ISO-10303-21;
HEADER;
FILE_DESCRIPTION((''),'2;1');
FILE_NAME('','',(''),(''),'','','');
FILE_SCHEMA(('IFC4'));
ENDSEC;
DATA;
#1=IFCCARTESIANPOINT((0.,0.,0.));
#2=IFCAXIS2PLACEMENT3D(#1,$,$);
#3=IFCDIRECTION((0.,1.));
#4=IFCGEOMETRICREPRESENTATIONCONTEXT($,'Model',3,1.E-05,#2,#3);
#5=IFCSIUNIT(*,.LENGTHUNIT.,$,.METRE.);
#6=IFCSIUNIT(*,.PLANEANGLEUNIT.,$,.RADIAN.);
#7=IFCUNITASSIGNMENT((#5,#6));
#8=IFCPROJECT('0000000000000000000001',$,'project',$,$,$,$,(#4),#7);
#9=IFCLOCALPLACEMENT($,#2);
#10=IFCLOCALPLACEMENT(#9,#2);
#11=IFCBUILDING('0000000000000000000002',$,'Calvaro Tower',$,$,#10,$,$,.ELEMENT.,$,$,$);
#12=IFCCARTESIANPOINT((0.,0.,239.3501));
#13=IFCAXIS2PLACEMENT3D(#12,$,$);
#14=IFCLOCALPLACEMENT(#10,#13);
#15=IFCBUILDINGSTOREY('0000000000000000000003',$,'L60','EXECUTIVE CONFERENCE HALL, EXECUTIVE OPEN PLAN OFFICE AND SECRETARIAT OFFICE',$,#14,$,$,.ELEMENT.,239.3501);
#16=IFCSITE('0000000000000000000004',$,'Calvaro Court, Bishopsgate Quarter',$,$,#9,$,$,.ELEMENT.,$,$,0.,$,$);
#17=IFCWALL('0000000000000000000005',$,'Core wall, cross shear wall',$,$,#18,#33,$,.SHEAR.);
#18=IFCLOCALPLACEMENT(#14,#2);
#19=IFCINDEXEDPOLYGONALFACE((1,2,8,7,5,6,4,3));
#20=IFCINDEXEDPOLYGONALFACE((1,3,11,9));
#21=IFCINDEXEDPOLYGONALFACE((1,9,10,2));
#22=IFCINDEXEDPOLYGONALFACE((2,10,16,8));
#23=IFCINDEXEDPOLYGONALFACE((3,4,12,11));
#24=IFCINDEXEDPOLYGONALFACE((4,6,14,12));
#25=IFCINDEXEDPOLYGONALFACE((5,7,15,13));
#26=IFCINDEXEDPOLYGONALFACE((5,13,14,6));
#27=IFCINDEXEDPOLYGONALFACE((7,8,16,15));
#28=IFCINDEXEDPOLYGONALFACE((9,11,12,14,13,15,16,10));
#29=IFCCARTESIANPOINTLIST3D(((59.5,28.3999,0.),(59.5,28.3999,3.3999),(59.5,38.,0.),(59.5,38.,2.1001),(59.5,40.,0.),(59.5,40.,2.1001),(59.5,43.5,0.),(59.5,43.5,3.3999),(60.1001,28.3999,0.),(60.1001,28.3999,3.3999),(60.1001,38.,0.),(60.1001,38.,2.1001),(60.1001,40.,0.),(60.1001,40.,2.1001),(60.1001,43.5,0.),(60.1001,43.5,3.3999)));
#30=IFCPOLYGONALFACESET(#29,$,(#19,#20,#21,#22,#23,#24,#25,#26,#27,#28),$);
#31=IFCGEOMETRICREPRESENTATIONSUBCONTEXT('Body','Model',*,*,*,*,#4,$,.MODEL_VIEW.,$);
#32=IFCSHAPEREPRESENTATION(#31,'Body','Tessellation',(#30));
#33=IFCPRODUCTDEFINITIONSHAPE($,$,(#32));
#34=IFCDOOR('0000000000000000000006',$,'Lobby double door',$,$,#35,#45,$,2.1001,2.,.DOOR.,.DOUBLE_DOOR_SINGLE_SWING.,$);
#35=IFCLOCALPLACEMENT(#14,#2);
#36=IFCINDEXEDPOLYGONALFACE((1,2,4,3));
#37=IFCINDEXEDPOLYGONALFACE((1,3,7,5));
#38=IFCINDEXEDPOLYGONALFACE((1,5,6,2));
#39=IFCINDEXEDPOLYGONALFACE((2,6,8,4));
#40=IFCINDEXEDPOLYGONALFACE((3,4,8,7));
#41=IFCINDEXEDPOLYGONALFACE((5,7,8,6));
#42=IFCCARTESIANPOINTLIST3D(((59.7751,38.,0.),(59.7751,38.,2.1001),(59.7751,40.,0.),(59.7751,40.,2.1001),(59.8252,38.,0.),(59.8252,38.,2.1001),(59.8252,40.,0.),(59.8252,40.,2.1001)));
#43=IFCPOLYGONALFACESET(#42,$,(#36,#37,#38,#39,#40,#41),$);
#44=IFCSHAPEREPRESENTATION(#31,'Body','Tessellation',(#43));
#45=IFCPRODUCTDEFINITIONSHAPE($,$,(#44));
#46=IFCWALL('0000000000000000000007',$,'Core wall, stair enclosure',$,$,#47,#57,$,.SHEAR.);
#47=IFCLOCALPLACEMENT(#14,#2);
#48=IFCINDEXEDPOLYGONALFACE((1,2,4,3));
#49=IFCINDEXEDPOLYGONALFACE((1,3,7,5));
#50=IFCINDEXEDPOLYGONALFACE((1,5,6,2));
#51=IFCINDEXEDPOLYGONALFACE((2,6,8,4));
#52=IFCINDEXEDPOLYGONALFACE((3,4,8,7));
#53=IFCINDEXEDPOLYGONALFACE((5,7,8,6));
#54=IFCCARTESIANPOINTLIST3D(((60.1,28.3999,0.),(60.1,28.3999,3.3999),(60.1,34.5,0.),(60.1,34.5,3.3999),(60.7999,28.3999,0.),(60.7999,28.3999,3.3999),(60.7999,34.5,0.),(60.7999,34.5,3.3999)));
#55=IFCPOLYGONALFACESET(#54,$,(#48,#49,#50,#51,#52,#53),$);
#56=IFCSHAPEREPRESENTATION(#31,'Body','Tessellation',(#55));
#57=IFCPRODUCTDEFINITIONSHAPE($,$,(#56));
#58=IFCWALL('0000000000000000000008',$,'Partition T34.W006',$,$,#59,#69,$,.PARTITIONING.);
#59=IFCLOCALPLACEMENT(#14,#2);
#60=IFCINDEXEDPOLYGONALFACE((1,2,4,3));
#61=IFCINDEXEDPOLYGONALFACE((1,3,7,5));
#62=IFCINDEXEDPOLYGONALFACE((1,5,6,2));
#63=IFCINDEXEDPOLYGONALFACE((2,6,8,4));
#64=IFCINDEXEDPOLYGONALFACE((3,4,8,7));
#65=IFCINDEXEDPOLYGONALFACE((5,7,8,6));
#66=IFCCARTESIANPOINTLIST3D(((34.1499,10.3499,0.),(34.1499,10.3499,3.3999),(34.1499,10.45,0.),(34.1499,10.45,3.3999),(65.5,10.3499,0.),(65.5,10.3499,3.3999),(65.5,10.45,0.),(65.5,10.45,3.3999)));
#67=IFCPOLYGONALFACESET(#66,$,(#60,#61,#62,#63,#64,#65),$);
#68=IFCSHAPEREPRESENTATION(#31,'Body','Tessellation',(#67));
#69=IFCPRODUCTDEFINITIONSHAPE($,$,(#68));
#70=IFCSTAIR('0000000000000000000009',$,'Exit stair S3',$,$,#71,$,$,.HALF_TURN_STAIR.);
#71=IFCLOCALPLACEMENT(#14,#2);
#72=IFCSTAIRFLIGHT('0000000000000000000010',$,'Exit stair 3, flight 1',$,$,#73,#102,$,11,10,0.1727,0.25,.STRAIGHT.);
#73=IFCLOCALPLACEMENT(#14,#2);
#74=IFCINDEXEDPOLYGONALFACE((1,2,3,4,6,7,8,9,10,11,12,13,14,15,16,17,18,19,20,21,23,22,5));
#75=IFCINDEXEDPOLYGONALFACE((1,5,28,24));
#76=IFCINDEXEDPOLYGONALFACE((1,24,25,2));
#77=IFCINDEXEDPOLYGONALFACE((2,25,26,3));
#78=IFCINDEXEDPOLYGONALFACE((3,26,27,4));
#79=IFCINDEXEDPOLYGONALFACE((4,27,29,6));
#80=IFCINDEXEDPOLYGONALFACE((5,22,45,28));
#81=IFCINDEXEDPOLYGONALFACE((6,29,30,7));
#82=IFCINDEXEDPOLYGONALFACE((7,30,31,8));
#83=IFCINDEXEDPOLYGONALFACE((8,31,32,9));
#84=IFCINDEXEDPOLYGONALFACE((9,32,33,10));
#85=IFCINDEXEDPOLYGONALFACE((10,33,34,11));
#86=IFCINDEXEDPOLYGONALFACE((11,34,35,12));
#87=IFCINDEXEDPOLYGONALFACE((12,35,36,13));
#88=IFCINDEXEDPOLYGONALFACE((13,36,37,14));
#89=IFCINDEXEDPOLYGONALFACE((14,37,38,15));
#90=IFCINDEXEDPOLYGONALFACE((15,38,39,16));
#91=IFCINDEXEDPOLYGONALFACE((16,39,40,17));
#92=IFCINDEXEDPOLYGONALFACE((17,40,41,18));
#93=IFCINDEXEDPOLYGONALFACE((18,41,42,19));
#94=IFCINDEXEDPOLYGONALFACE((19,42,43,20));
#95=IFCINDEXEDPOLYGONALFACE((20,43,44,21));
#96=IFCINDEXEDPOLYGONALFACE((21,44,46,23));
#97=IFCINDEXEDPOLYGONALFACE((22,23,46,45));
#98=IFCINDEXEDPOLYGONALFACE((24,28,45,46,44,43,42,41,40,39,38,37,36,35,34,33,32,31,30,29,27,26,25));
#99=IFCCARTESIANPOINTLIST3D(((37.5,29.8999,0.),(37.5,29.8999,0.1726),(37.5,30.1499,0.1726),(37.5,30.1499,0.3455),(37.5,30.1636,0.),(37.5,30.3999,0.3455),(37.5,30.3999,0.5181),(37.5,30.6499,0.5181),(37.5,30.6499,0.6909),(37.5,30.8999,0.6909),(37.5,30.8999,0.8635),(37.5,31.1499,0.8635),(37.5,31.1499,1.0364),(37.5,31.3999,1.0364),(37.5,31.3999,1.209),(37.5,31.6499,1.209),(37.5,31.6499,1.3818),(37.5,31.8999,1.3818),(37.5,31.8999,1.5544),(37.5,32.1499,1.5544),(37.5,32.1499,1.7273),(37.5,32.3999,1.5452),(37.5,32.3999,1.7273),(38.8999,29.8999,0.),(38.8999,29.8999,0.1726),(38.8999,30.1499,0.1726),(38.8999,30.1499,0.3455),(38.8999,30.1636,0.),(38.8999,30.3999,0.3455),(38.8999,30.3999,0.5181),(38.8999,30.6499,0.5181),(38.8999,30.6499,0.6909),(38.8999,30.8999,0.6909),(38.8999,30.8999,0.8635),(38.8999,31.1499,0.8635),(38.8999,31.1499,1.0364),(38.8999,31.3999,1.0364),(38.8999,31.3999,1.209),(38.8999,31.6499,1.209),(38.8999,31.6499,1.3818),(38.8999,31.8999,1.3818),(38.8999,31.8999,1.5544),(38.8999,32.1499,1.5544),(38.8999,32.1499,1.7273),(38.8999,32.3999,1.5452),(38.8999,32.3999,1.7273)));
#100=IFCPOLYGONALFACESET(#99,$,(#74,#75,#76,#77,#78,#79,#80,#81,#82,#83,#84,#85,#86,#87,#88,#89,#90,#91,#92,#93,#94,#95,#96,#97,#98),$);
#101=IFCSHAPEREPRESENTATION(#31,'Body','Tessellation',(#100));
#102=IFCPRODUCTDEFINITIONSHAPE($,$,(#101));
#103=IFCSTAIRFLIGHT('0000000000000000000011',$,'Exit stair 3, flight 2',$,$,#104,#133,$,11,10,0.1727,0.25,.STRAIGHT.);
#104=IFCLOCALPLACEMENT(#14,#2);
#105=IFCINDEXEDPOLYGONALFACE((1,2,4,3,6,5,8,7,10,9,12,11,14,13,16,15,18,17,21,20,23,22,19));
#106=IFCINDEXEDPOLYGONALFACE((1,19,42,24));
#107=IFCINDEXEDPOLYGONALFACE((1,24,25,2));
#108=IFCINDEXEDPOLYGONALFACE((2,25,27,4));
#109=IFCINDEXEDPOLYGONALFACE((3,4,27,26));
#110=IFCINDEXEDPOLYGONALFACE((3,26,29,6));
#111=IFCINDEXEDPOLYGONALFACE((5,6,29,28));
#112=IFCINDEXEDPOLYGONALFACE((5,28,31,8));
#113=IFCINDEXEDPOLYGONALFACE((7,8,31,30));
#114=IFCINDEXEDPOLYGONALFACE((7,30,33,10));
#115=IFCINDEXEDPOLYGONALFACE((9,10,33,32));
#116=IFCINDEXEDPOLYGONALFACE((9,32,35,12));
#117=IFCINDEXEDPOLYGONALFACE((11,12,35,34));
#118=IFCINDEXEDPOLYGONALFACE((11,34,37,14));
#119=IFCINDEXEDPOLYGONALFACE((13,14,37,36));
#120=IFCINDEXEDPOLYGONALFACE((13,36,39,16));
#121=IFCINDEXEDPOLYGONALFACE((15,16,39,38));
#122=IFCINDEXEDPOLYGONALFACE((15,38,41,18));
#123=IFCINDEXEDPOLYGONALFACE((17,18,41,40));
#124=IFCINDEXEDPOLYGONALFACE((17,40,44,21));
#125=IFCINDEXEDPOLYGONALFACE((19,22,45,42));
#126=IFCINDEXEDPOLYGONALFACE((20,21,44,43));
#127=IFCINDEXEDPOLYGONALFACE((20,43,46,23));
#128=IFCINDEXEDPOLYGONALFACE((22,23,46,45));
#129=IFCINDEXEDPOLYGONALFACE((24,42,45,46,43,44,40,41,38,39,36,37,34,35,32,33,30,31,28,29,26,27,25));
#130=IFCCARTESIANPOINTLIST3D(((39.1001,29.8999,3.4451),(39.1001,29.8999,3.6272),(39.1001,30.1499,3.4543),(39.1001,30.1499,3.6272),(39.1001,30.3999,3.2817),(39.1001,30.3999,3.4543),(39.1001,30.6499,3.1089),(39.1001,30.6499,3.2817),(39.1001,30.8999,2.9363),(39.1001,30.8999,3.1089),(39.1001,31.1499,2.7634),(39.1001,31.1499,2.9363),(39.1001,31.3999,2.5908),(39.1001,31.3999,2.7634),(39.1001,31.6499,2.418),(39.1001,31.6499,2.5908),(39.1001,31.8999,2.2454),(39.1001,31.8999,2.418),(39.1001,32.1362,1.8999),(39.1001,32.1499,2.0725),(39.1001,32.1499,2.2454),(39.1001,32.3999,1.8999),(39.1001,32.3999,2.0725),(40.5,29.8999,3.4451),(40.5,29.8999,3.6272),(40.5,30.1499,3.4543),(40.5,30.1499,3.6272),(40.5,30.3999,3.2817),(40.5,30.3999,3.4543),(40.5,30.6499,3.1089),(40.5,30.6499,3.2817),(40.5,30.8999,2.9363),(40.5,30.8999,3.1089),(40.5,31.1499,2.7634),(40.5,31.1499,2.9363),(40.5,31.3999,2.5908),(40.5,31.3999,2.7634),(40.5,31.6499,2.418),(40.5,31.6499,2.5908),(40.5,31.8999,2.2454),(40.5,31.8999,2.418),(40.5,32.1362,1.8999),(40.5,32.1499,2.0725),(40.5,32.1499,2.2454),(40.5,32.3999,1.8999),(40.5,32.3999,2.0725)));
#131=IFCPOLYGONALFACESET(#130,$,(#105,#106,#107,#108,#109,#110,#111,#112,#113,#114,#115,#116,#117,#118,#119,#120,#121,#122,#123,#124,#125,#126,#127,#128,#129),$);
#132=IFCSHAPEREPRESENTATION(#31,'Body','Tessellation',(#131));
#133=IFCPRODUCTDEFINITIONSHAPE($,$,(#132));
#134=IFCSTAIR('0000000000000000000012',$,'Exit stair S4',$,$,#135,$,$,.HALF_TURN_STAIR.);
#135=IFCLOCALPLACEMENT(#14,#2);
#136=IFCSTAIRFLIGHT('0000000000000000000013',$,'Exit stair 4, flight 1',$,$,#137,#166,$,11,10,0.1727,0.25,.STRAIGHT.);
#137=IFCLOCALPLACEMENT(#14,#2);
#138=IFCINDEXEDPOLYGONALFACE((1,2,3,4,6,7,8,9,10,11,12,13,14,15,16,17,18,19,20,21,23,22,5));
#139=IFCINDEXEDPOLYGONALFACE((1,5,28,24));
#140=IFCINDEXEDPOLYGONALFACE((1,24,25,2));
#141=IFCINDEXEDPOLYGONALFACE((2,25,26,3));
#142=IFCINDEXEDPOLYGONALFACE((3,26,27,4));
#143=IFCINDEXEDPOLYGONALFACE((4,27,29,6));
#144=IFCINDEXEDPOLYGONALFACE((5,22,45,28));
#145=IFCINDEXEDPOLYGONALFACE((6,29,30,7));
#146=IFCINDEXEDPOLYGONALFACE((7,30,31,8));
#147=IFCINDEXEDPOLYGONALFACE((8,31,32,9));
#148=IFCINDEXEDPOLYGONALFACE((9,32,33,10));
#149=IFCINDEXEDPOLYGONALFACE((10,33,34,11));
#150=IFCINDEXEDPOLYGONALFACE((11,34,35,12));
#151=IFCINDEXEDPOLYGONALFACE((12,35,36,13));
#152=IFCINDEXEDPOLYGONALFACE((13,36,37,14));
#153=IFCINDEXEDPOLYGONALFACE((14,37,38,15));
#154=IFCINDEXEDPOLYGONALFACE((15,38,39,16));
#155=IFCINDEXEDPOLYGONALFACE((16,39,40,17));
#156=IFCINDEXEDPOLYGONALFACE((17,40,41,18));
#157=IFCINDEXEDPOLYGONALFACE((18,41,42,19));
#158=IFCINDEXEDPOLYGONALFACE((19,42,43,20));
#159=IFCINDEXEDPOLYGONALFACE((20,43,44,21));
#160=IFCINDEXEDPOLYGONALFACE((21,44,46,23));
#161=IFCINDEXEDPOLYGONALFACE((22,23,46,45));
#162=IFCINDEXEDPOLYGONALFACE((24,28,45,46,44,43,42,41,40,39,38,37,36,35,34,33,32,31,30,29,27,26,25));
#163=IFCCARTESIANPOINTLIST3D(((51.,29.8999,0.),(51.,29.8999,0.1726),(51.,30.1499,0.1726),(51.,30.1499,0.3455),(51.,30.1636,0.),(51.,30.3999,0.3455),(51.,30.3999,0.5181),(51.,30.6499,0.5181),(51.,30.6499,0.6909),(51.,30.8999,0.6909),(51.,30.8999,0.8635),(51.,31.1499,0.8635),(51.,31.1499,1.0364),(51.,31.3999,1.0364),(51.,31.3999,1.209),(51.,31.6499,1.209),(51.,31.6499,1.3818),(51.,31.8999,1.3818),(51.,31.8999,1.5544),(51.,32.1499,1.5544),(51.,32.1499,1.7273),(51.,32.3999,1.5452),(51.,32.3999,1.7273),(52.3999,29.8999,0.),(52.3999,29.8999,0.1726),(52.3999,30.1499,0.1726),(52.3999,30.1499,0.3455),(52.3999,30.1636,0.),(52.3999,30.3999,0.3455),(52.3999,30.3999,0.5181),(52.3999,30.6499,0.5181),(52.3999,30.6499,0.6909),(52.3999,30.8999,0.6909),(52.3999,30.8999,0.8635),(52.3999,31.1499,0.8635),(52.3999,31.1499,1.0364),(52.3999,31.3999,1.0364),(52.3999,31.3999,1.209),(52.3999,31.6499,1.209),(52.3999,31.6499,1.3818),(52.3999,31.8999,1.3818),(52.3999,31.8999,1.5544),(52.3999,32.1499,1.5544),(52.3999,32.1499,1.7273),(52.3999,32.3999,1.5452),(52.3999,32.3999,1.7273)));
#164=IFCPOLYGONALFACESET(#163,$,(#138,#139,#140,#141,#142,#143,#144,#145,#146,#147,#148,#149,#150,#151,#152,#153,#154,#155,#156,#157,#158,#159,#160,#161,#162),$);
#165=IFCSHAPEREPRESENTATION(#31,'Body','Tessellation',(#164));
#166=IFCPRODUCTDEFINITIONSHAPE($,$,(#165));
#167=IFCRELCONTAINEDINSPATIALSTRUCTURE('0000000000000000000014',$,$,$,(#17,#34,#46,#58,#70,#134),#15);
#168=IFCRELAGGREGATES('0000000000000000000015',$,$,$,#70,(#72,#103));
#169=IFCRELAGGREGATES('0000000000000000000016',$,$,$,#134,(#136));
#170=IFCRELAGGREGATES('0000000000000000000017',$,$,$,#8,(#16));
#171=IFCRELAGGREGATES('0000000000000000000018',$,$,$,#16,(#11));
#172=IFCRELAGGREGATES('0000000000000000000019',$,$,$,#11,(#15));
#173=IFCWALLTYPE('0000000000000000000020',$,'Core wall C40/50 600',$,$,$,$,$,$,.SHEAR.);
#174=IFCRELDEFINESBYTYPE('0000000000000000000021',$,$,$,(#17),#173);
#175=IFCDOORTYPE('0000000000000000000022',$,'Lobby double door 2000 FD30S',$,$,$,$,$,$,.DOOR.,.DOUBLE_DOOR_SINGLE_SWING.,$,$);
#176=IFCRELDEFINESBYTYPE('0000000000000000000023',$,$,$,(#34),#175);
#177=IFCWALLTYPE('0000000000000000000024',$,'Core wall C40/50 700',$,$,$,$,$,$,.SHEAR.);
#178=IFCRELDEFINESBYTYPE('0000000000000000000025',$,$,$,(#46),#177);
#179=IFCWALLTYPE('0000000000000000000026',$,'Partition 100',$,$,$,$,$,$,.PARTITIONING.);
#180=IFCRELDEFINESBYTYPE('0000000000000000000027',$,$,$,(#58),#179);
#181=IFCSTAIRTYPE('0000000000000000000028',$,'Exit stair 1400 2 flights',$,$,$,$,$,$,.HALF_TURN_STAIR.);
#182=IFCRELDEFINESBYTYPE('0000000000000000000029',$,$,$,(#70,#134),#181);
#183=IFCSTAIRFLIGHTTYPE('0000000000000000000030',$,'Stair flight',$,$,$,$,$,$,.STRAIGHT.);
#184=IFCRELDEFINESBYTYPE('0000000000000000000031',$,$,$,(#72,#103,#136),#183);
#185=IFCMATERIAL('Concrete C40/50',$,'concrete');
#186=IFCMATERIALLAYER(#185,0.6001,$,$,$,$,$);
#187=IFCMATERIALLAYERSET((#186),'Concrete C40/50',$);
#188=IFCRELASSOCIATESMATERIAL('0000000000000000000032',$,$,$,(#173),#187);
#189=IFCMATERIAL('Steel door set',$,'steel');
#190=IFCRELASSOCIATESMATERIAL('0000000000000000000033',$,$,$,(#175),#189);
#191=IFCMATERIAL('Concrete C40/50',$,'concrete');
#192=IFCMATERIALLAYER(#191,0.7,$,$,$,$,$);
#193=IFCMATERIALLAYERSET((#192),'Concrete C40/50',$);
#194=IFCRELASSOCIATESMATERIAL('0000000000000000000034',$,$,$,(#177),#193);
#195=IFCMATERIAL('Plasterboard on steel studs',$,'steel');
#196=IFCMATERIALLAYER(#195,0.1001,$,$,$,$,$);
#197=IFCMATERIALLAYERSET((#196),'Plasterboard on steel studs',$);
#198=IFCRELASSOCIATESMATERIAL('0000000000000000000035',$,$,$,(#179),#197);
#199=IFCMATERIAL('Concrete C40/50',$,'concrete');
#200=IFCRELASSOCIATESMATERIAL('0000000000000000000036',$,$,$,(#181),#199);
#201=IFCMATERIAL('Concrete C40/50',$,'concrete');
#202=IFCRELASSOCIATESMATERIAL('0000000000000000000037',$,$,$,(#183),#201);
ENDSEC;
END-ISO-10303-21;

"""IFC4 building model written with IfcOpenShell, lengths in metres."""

from ifc_helpers import new_model, si_unit, direction, frame, frame_2d, origin, place, context, subcontext, project, spatial, polyline, rectangle, outline, extrude, material, layer, layer_set, type_object, element, fill, aggregate, save


model = new_model("IFC4")

# Units and contexts
model_context = context("Model", 3, precision=1e-05, world=origin(), true_north=direction((0.0, 1.0)))
body_context = subcontext(model_context, "Body", "Model", "MODEL_VIEW")
ifc_project = project(units=[si_unit("LENGTHUNIT", "METRE"), si_unit("PLANEANGLEUNIT", "RADIAN")], contexts=[model_context])

# Site, building, storey
site_placement = place(None, origin())
site = spatial("IfcSite", under=ifc_project, at=site_placement, Name="Calvaro Court, Bishopsgate Quarter", CompositionType="ELEMENT", RefElevation=0.0)
building_placement = place(site_placement, origin())
building = spatial("IfcBuilding", under=site, at=building_placement, Name="Calvaro Tower", CompositionType="ELEMENT")
storey_placement = place(building_placement, frame((0.0, 0.0, 239.3501)))
storey = spatial("IfcBuildingStorey", under=building, at=storey_placement, Name="L60", Description="EXECUTIVE CONFERENCE HALL, EXECUTIVE OPEN PLAN OFFICE AND SECRETARIAT OFFICE", CompositionType="ELEMENT", Elevation=239.3501)

# Wall, opening, door
ifc_material_1 = material(Name="Concrete C40/50", Category="concrete")
ifc_layer_1 = layer(ifc_material_1, 0.6001)
ifc_layer_set_1 = layer_set([ifc_layer_1], Name="Concrete C40/50")
wall_type_1 = type_object("IfcWallType", Name="Core wall C40/50 600", PredefinedType="SHEAR", material=ifc_layer_set_1)
wall_1_placement = place(storey_placement, frame((59.8, 28.3999, 0.0), z_axis=(0.0, 0.0, 1.0), x_axis=(0.0, 1.0, 0.0)))
wall_1 = element("IfcWall", 1, at=wall_1_placement, inside=storey, type_object=wall_type_1, Name="Core wall, cross shear wall", PredefinedType="SHEAR", context=body_context, shape_type="SweptSolid", body=[
    extrude(rectangle(XDim=15.1001, YDim=0.6001, at=frame_2d((7.55, 0.0))), origin(), (0.0, 0.0, 1.0), 3.3999),
])
opening_placement = place(wall_1_placement, frame((9.6001, 0.0, 0.0)))
opening = element("IfcOpeningElement", 2, at=opening_placement, cuts=wall_1, PredefinedType="OPENING", context=body_context, shape_type="SweptSolid", body=[
    extrude(rectangle(XDim=2.0, YDim=2.1001, at=frame_2d((1.0, 1.05))), frame((0.0, 0.3101, 0.0), z_axis=(0.0, -1.0, 0.0), x_axis=(1.0, 0.0, 0.0)), (0.0, 0.0, 1.0), 0.6201),
])
ifc_material_2 = material(Name="Steel door set", Category="steel")
door_type = type_object("IfcDoorType", Name="Lobby double door 2000 FD30S", OperationType="DOUBLE_DOOR_SINGLE_SWING", PredefinedType="DOOR", material=ifc_material_2)
door_placement = place(opening_placement, origin())
door = element("IfcDoor", 3, at=door_placement, inside=storey, type_object=door_type, Name="Lobby double door", OperationType="DOUBLE_DOOR_SINGLE_SWING", OverallHeight=2.1001, OverallWidth=2.0, PredefinedType="DOOR", context=body_context, shape_type="SweptSolid", body=[
    extrude(rectangle(XDim=2.0, YDim=2.1001, at=frame_2d((1.0, 1.05))), frame((0.0, 0.0249, 0.0), z_axis=(0.0, -1.0, 0.0), x_axis=(1.0, 0.0, 0.0)), (0.0, 0.0, 1.0), 0.05),
])
fill(opening, door)

# Walls
ifc_material_3 = material(Name="Concrete C40/50", Category="concrete")
ifc_layer_2 = layer(ifc_material_3, 0.7)
ifc_layer_set_2 = layer_set([ifc_layer_2], Name="Concrete C40/50")
wall_type_2 = type_object("IfcWallType", Name="Core wall C40/50 700", PredefinedType="SHEAR", material=ifc_layer_set_2)
wall_2_placement = place(storey_placement, frame((60.45, 28.3999, 0.0), z_axis=(0.0, 0.0, 1.0), x_axis=(0.0, 1.0, 0.0)))
element("IfcWall", 4, at=wall_2_placement, inside=storey, type_object=wall_type_2, Name="Core wall, stair enclosure", PredefinedType="SHEAR", context=body_context, shape_type="SweptSolid", body=[
    extrude(rectangle(XDim=6.1001, YDim=0.7, at=frame_2d((3.05, 0.0))), origin(), (0.0, 0.0, 1.0), 3.3999),
])
ifc_material_4 = material(Name="Plasterboard on steel studs", Category="steel")
ifc_layer_3 = layer(ifc_material_4, 0.1001)
ifc_layer_set_3 = layer_set([ifc_layer_3], Name="Plasterboard on steel studs")
wall_type_3 = type_object("IfcWallType", Name="Partition 100", PredefinedType="PARTITIONING", material=ifc_layer_set_3)
wall_3_placement = place(storey_placement, frame((34.1499, 10.3999, 0.0), z_axis=(0.0, 0.0, 1.0), x_axis=(1.0, 0.0, 0.0)))
element("IfcWall", 5, at=wall_3_placement, inside=storey, type_object=wall_type_3, Name="Partition T34.W006", PredefinedType="PARTITIONING", context=body_context, shape_type="SweptSolid", body=[
    extrude(rectangle(XDim=31.3501, YDim=0.1001, at=frame_2d((15.675, 0.0))), origin(), (0.0, 0.0, 1.0), 3.3999),
])

# Stair, stair flights
ifc_material_5 = material(Name="Concrete C40/50", Category="concrete")
stair_type = type_object("IfcStairType", Name="Exit stair 1400 2 flights", PredefinedType="HALF_TURN_STAIR", material=ifc_material_5)
stair_1_placement = place(storey_placement, origin())
stair_1 = element("IfcStair", 6, at=stair_1_placement, inside=storey, type_object=stair_type, Name="Exit stair S3", PredefinedType="HALF_TURN_STAIR")
ifc_material_6 = material(Name="Concrete C40/50", Category="concrete")
stair_flight_type = type_object("IfcStairFlightType", Name="Stair flight", PredefinedType="STRAIGHT", material=ifc_material_6)
stair_flight_1_placement = place(storey_placement, frame((38.2, 29.8999, 0.0), z_axis=(0.0, 0.0, 1.0), x_axis=(0.0, 1.0, 0.0)))
stair_flight_1 = element("IfcStairFlight", 7, at=stair_flight_1_placement, type_object=stair_flight_type, Name="Exit stair 3, flight 1", NumberOfRisers=11, NumberOfTreads=10, PredefinedType="STRAIGHT", RiserHeight=0.1727, TreadLength=0.25, context=body_context, shape_type="SweptSolid", body=[
    extrude(outline(polyline([(0.0, 0.0), (0.0, 0.1726), (0.25, 0.1726), (0.25, 0.3455), (0.5, 0.3455), (0.5, 0.5181), (0.75, 0.5181), (0.75, 0.6909), (1.0, 0.6909), (1.0, 0.8635), (1.25, 0.8635), (1.25, 1.0364), (1.5, 1.0364), (1.5, 1.209), (1.75, 1.209), (1.75, 1.3818), (2.0, 1.3818), (2.0, 1.5544), (2.25, 1.5544), (2.25, 1.7273), (2.5, 1.7273), (2.5, 1.8999), (2.5, 1.5452), (0.2637, 0.0), (0.0, 0.0)])), frame((0.0, 0.7, 0.0), z_axis=(0.0, -1.0, 0.0), x_axis=(1.0, 0.0, 0.0)), (0.0, 0.0, 1.0), 1.3999),
])
stair_flight_2_placement = place(storey_placement, frame((39.8, 32.3999, 1.8999), z_axis=(0.0, 0.0, 1.0), x_axis=(0.0, -1.0, 0.0)))
stair_flight_2 = element("IfcStairFlight", 8, at=stair_flight_2_placement, type_object=stair_flight_type, Name="Exit stair 3, flight 2", NumberOfRisers=11, NumberOfTreads=10, PredefinedType="STRAIGHT", RiserHeight=0.1727, TreadLength=0.25, context=body_context, shape_type="SweptSolid", body=[
    extrude(outline(polyline([(0.0, 0.0), (0.0, 0.1726), (0.25, 0.1726), (0.25, 0.3455), (0.5, 0.3455), (0.5, 0.5181), (0.75, 0.5181), (0.75, 0.6909), (1.0, 0.6909), (1.0, 0.8635), (1.25, 0.8635), (1.25, 1.0364), (1.5, 1.0364), (1.5, 1.209), (1.75, 1.209), (1.75, 1.3818), (2.0, 1.3818), (2.0, 1.5544), (2.25, 1.5544), (2.25, 1.7273), (2.5, 1.7273), (2.5, 1.8999), (2.5, 1.5452), (0.2637, 0.0), (0.0, 0.0)])), frame((0.0, 0.7, 0.0), z_axis=(0.0, -1.0, 0.0), x_axis=(1.0, 0.0, 0.0)), (0.0, 0.0, 1.0), 1.3999),
])

# Stair, stair flight
stair_2_placement = place(storey_placement, origin())
stair_2 = element("IfcStair", 9, at=stair_2_placement, inside=storey, type_object=stair_type, Name="Exit stair S4", PredefinedType="HALF_TURN_STAIR")
stair_flight_3_placement = place(storey_placement, frame((51.7, 29.8999, 0.0), z_axis=(0.0, 0.0, 1.0), x_axis=(0.0, 1.0, 0.0)))
stair_flight_3 = element("IfcStairFlight", 10, at=stair_flight_3_placement, type_object=stair_flight_type, Name="Exit stair 4, flight 1", NumberOfRisers=11, NumberOfTreads=10, PredefinedType="STRAIGHT", RiserHeight=0.1727, TreadLength=0.25, context=body_context, shape_type="SweptSolid", body=[
    extrude(outline(polyline([(0.0, 0.0), (0.0, 0.1726), (0.25, 0.1726), (0.25, 0.3455), (0.5, 0.3455), (0.5, 0.5181), (0.75, 0.5181), (0.75, 0.6909), (1.0, 0.6909), (1.0, 0.8635), (1.25, 0.8635), (1.25, 1.0364), (1.5, 1.0364), (1.5, 1.209), (1.75, 1.209), (1.75, 1.3818), (2.0, 1.3818), (2.0, 1.5544), (2.25, 1.5544), (2.25, 1.7273), (2.5, 1.7273), (2.5, 1.8999), (2.5, 1.5452), (0.2637, 0.0), (0.0, 0.0)])), frame((0.0, 0.7, 0.0), z_axis=(0.0, -1.0, 0.0), x_axis=(1.0, 0.0, 0.0)), (0.0, 0.0, 1.0), 1.3999),
])

aggregate(stair_1, [stair_flight_1, stair_flight_2])
aggregate(stair_2, [stair_flight_3])

save(model, "model.ifc")
